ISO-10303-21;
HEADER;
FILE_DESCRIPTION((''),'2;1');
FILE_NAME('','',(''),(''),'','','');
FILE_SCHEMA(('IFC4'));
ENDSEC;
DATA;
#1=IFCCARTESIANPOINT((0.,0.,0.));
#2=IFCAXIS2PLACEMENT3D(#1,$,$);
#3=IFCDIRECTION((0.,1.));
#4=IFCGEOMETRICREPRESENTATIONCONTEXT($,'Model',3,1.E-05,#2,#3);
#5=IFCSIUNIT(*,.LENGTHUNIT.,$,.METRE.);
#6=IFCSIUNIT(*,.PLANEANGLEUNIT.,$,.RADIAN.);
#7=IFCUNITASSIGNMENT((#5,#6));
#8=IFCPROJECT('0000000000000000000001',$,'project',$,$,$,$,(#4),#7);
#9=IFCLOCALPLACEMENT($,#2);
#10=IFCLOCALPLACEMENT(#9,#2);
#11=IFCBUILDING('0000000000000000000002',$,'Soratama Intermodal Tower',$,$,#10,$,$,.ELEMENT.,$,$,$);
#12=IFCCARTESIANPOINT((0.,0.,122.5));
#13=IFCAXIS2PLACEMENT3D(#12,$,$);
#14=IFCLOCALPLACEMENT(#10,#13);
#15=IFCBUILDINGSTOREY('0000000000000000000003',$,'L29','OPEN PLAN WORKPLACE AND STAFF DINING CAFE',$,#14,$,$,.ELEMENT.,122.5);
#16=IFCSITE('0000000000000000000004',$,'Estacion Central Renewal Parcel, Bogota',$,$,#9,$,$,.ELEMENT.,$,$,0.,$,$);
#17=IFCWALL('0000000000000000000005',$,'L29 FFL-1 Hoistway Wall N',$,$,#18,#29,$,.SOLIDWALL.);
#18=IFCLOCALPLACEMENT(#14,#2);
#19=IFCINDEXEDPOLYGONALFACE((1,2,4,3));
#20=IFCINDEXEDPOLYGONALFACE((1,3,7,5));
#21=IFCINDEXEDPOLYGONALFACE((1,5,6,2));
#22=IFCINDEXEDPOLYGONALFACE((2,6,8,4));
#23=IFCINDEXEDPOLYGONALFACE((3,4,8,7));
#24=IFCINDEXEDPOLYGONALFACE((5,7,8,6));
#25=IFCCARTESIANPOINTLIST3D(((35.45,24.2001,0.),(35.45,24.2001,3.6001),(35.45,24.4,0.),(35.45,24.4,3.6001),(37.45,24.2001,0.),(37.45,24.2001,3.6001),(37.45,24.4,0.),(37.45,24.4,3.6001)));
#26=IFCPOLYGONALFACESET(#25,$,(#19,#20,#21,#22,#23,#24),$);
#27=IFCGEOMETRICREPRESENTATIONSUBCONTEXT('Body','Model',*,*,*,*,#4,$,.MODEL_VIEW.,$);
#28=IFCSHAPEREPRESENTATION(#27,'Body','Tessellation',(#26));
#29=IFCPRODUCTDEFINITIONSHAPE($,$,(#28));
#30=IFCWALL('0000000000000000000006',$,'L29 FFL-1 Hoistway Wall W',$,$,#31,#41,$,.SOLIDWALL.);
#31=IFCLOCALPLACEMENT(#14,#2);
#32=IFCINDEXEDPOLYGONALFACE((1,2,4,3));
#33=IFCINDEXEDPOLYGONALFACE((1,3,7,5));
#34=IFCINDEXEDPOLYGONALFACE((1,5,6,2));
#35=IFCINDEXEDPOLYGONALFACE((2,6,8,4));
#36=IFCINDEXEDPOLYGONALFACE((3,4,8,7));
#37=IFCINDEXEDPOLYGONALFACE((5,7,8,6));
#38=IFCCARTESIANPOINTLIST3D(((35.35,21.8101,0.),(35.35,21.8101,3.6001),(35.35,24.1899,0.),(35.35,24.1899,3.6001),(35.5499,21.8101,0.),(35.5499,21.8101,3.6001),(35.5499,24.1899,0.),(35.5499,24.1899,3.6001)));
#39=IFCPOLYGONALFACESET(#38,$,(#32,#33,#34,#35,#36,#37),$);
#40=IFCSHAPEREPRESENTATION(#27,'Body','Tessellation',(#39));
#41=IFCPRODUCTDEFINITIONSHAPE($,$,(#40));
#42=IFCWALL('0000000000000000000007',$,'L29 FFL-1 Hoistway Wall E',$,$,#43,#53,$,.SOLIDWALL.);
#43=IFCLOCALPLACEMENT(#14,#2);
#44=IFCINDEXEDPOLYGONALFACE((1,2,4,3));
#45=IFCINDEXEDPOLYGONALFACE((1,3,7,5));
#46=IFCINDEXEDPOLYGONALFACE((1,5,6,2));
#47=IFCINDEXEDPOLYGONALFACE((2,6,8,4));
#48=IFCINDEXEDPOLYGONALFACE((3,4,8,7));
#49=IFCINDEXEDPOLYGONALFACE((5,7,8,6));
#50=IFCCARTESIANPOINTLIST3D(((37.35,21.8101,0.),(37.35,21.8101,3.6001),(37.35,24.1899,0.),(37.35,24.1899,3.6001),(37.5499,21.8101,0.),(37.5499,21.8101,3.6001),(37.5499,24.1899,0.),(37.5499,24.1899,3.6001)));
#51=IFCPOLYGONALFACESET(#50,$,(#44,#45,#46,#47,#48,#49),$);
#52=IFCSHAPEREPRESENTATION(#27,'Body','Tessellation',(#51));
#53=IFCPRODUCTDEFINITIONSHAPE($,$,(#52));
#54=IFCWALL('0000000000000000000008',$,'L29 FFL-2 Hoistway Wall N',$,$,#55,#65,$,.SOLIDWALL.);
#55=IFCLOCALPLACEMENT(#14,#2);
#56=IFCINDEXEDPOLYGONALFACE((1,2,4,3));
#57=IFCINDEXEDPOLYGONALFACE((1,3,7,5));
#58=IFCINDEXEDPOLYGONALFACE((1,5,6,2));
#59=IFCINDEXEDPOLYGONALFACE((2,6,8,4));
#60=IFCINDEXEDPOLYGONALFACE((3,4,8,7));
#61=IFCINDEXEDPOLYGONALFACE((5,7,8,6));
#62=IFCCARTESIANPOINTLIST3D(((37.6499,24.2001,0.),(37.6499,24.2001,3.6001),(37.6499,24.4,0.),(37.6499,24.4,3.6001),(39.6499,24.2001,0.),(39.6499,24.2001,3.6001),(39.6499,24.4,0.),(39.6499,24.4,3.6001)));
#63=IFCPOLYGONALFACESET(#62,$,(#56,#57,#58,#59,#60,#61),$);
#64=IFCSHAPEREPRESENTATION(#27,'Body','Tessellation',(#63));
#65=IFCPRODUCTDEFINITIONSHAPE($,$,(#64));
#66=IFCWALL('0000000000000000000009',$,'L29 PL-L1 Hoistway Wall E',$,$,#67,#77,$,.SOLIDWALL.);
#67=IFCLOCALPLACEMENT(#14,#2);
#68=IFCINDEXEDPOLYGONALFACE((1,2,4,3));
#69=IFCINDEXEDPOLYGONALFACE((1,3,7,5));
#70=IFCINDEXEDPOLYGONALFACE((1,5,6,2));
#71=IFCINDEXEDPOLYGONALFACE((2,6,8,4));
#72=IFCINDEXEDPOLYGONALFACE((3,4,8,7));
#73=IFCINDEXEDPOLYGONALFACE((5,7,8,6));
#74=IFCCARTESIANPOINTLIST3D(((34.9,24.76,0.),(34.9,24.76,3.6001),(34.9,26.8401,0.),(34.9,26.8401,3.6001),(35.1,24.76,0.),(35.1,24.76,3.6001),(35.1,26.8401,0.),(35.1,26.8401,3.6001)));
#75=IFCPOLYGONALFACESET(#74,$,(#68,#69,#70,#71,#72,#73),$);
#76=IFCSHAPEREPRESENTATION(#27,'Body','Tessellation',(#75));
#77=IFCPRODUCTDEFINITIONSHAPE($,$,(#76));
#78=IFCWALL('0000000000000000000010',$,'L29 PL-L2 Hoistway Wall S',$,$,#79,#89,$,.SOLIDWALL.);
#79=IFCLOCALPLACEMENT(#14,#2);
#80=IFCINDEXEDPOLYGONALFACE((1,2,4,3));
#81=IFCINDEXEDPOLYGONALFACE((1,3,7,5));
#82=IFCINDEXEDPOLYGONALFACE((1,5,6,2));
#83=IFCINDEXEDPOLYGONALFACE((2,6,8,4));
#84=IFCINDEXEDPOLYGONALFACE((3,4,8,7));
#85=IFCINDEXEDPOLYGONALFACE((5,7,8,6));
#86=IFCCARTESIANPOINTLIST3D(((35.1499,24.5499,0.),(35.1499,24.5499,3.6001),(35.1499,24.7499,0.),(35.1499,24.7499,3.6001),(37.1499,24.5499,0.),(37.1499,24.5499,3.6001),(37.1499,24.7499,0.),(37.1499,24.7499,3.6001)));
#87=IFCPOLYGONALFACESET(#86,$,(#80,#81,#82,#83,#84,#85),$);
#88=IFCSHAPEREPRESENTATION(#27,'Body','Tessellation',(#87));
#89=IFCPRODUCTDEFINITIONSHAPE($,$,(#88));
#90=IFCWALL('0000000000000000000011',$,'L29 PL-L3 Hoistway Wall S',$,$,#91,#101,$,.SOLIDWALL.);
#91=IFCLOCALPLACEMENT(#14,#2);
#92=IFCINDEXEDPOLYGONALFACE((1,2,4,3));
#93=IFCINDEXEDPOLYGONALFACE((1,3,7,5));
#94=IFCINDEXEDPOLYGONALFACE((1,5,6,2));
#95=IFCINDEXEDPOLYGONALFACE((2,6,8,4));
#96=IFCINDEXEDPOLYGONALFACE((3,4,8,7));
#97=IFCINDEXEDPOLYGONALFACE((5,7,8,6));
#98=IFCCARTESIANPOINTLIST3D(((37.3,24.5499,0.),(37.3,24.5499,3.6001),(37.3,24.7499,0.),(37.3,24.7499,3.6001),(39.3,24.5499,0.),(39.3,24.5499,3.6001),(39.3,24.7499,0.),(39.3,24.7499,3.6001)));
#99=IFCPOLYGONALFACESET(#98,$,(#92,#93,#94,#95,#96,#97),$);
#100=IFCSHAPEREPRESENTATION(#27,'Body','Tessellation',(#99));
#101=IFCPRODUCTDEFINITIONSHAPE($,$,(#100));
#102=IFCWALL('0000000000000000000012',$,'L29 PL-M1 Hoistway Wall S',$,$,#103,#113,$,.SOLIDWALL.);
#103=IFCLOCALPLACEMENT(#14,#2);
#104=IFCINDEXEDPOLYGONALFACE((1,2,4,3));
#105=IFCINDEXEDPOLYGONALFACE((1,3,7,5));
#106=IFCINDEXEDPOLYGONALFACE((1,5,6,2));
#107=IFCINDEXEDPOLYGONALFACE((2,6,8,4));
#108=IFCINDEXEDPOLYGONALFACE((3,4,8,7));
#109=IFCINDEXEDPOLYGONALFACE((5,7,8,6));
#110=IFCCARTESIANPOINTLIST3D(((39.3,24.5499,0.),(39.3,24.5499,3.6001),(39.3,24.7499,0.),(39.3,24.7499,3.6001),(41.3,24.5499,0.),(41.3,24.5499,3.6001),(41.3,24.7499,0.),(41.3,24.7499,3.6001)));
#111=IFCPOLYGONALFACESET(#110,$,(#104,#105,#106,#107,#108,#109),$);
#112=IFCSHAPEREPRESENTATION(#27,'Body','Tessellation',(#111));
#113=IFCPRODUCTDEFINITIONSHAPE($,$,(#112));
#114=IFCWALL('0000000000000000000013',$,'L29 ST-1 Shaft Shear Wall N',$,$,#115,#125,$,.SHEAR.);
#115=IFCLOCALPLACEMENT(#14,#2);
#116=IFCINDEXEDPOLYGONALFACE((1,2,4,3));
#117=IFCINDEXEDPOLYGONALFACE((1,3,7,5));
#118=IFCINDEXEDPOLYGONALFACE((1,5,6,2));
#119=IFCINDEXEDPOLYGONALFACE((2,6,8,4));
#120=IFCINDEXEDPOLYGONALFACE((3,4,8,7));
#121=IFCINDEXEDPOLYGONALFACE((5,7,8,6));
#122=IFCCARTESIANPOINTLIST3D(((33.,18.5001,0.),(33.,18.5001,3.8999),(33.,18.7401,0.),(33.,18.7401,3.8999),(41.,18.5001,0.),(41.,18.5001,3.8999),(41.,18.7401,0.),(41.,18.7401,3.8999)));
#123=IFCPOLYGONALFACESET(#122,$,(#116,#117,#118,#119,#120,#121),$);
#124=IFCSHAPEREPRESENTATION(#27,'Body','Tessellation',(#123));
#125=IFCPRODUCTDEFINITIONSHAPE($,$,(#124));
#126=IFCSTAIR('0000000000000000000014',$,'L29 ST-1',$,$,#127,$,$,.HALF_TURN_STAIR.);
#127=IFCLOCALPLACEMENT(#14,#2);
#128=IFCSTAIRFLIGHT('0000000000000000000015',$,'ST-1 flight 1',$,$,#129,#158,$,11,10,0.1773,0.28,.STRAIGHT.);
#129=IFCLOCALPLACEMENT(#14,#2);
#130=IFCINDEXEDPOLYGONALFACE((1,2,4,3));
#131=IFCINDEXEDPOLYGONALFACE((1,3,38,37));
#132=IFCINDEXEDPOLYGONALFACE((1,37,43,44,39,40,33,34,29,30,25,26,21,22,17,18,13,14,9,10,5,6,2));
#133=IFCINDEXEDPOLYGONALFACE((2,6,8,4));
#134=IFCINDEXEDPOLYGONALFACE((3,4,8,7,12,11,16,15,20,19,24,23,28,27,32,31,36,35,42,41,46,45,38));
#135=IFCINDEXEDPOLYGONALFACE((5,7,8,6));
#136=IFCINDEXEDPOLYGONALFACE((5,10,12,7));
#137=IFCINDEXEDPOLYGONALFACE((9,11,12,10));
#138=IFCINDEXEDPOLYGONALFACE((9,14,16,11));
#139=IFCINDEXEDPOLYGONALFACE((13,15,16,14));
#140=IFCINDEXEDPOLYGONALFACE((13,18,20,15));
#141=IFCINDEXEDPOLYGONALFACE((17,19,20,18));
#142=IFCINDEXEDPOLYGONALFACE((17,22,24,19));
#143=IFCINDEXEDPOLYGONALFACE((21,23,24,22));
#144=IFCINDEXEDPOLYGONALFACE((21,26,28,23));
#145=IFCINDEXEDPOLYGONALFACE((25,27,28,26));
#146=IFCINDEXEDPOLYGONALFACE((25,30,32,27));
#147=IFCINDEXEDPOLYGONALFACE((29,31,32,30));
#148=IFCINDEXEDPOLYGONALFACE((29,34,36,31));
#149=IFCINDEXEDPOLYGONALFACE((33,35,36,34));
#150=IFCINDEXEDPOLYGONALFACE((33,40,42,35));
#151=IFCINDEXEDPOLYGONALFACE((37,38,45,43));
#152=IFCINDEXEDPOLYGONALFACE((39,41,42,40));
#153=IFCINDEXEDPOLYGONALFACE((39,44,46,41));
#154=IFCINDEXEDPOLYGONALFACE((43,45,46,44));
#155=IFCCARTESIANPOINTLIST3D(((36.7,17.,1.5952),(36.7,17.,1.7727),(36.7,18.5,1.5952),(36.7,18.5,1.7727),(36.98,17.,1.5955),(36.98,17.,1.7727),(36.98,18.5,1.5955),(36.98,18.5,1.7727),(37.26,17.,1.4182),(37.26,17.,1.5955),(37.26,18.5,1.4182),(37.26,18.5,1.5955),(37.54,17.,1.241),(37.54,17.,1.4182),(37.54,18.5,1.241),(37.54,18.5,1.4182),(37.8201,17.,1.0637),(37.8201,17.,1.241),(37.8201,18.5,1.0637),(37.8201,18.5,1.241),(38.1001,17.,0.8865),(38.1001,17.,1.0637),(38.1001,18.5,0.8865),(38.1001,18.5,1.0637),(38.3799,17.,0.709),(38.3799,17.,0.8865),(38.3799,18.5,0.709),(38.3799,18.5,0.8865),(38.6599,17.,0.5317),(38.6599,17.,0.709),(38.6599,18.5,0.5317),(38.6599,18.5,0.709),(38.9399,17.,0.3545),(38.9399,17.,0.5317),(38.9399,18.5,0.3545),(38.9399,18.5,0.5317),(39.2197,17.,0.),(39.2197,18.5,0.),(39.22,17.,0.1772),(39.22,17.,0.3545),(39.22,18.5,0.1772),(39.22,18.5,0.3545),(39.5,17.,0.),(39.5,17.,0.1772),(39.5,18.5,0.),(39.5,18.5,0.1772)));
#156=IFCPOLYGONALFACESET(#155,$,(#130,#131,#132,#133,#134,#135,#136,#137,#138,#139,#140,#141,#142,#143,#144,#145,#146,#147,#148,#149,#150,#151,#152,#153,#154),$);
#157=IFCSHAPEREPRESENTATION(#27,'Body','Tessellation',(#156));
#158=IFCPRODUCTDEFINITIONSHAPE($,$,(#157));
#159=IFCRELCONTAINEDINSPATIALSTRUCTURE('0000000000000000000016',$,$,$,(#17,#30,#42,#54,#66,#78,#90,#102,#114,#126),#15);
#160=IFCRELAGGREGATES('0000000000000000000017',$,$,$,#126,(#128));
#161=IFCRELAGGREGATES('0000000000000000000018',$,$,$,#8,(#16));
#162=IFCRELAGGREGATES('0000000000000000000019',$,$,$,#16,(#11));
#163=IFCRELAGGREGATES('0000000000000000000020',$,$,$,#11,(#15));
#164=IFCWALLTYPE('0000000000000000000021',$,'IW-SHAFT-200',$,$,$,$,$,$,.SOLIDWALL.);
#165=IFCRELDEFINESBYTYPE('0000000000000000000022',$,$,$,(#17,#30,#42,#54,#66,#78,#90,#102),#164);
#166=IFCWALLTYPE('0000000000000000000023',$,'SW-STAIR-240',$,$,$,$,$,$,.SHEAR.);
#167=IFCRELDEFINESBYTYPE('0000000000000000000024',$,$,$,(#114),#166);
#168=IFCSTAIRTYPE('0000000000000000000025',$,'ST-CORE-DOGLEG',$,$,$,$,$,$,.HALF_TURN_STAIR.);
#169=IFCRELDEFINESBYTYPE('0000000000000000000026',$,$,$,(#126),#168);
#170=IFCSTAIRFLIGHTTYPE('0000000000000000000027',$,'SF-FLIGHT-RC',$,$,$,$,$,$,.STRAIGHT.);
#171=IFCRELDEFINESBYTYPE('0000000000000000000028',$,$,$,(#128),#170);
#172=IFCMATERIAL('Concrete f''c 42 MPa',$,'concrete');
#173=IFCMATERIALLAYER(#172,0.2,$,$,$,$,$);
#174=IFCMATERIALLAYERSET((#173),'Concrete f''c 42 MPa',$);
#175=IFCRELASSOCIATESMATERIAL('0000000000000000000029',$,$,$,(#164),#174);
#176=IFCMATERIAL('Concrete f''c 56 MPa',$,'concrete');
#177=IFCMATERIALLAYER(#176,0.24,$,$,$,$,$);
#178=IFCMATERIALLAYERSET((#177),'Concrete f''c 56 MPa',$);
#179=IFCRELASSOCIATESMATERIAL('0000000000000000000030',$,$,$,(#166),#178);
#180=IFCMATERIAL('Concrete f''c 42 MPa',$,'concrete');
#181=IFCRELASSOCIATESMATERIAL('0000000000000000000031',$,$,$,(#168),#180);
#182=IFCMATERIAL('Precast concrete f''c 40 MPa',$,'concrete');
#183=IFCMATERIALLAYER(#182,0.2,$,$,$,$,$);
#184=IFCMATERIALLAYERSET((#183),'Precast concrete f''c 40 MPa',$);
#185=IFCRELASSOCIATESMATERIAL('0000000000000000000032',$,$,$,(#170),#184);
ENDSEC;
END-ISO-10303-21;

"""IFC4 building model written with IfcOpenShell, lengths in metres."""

from ifc_helpers import new_model, si_unit, direction, frame, frame_2d, origin, place, context, subcontext, project, spatial, polyline, rectangle, outline, extrude, material, layer, layer_set, type_object, element, aggregate, save


model = new_model("IFC4")

# Units and contexts
model_context = context("Model", 3, precision=1e-05, world=origin(), true_north=direction((0.0, 1.0)))
body_context = subcontext(model_context, "Body", "Model", "MODEL_VIEW")
ifc_project = project(units=[si_unit("LENGTHUNIT", "METRE"), si_unit("PLANEANGLEUNIT", "RADIAN")], contexts=[model_context])

# Site, building, storey
site_placement = place(None, origin())
site = spatial("IfcSite", under=ifc_project, at=site_placement, Name="Estacion Central Renewal Parcel, Bogota", CompositionType="ELEMENT", RefElevation=0.0)
building_placement = place(site_placement, origin())
building = spatial("IfcBuilding", under=site, at=building_placement, Name="Soratama Intermodal Tower", CompositionType="ELEMENT")
storey_placement = place(building_placement, frame((0.0, 0.0, 122.5)))
storey = spatial("IfcBuildingStorey", under=building, at=storey_placement, Name="L29", Description="OPEN PLAN WORKPLACE AND STAFF DINING CAFE", CompositionType="ELEMENT", Elevation=122.5)

# Shared definitions
ifc_material_1 = material(Name="Concrete f'c 42 MPa", Category="concrete")
ifc_layer_1 = layer(ifc_material_1, 0.2)
ifc_layer_set_1 = layer_set([ifc_layer_1], Name="Concrete f'c 42 MPa")
wall_type_1 = type_object("IfcWallType", Name="IW-SHAFT-200", PredefinedType="SOLIDWALL", material=ifc_layer_set_1)

# Walls
wall_1_placement = place(storey_placement, frame((35.45, 24.3, 0.0), z_axis=(0.0, 0.0, 1.0), x_axis=(1.0, 0.0, 0.0)))
element("IfcWall", 1, at=wall_1_placement, inside=storey, type_object=wall_type_1, Name="L29 FFL-1 Hoistway Wall N", PredefinedType="SOLIDWALL", context=body_context, shape_type="SweptSolid", body=[
    extrude(rectangle(XDim=2.0, YDim=0.2, at=frame_2d((1.0, 0.0))), origin(), (0.0, 0.0, 1.0), 3.6001),
])
for number, where, z_axis, x_axis, name in (
    (2, (35.45, 21.8101, 0.0), (0.0, 0.0, 1.0), (0.0, 1.0, 0.0), "L29 FFL-1 Hoistway Wall W"),
    (3, (37.45, 21.8101, 0.0), (0.0, 0.0, 1.0), (0.0, 1.0, 0.0), "L29 FFL-1 Hoistway Wall E"),
):
    element("IfcWall", number, at=place(storey_placement, frame(where, z_axis=z_axis, x_axis=x_axis)), inside=storey, type_object=wall_type_1, Name=name, PredefinedType="SOLIDWALL", context=body_context, shape_type="SweptSolid", body=[
        extrude(rectangle(XDim=2.3799, YDim=0.2, at=frame_2d((1.1899, 0.0))), origin(), (0.0, 0.0, 1.0), 3.6001),
    ])

# Wall
wall_2_placement = place(storey_placement, frame((37.6499, 24.3, 0.0), z_axis=(0.0, 0.0, 1.0), x_axis=(1.0, 0.0, 0.0)))
element("IfcWall", 4, at=wall_2_placement, inside=storey, type_object=wall_type_1, Name="L29 FFL-2 Hoistway Wall N", PredefinedType="SOLIDWALL", context=body_context, shape_type="SweptSolid", body=[
    extrude(rectangle(XDim=2.0, YDim=0.2, at=frame_2d((1.0, 0.0))), origin(), (0.0, 0.0, 1.0), 3.6001),
])

# Walls
wall_3_placement = place(storey_placement, frame((35.0, 24.76, 0.0), z_axis=(0.0, 0.0, 1.0), x_axis=(0.0, 1.0, 0.0)))
element("IfcWall", 5, at=wall_3_placement, inside=storey, type_object=wall_type_1, Name="L29 PL-L1 Hoistway Wall E", PredefinedType="SOLIDWALL", context=body_context, shape_type="SweptSolid", body=[
    extrude(rectangle(XDim=2.0801, YDim=0.2, at=frame_2d((1.04, 0.0))), origin(), (0.0, 0.0, 1.0), 3.6001),
])
for number, where, z_axis, x_axis, name in (
    (6, (35.1499, 24.6499, 0.0), (0.0, 0.0, 1.0), (1.0, 0.0, 0.0), "L29 PL-L2 Hoistway Wall S"),
    (7, (37.3, 24.6499, 0.0), (0.0, 0.0, 1.0), (1.0, 0.0, 0.0), "L29 PL-L3 Hoistway Wall S"),
    (8, (39.3, 24.6499, 0.0), (0.0, 0.0, 1.0), (1.0, 0.0, 0.0), "L29 PL-M1 Hoistway Wall S"),
):
    element("IfcWall", number, at=place(storey_placement, frame(where, z_axis=z_axis, x_axis=x_axis)), inside=storey, type_object=wall_type_1, Name=name, PredefinedType="SOLIDWALL", context=body_context, shape_type="SweptSolid", body=[
        extrude(rectangle(XDim=2.0, YDim=0.2, at=frame_2d((1.0, 0.0))), origin(), (0.0, 0.0, 1.0), 3.6001),
    ])
ifc_material_2 = material(Name="Concrete f'c 56 MPa", Category="concrete")
ifc_layer_2 = layer(ifc_material_2, 0.24)
ifc_layer_set_2 = layer_set([ifc_layer_2], Name="Concrete f'c 56 MPa")
wall_type_2 = type_object("IfcWallType", Name="SW-STAIR-240", PredefinedType="SHEAR", material=ifc_layer_set_2)
wall_4_placement = place(storey_placement, frame((33.0, 18.6201, 0.0), z_axis=(0.0, 0.0, 1.0), x_axis=(1.0, 0.0, 0.0)))
element("IfcWall", 9, at=wall_4_placement, inside=storey, type_object=wall_type_2, Name="L29 ST-1 Shaft Shear Wall N", PredefinedType="SHEAR", context=body_context, shape_type="SweptSolid", body=[
    extrude(rectangle(XDim=8.0, YDim=0.24, at=frame_2d((4.0, 0.0))), origin(), (0.0, 0.0, 1.0), 3.8999),
])

# Stair, stair flight
ifc_material_3 = material(Name="Concrete f'c 42 MPa", Category="concrete")
stair_type = type_object("IfcStairType", Name="ST-CORE-DOGLEG", PredefinedType="HALF_TURN_STAIR", material=ifc_material_3)
stair_placement = place(storey_placement, origin())
stair = element("IfcStair", 10, at=stair_placement, inside=storey, type_object=stair_type, Name="L29 ST-1", PredefinedType="HALF_TURN_STAIR")
ifc_material_4 = material(Name="Precast concrete f'c 40 MPa", Category="concrete")
ifc_layer_3 = layer(ifc_material_4, 0.2)
ifc_layer_set_3 = layer_set([ifc_layer_3], Name="Precast concrete f'c 40 MPa")
stair_flight_type = type_object("IfcStairFlightType", Name="SF-FLIGHT-RC", PredefinedType="STRAIGHT", material=ifc_layer_set_3)
stair_flight_placement = place(storey_placement, frame((39.5, 17.75, 0.0), z_axis=(0.0, 0.0, 1.0), x_axis=(-1.0, 0.0, 0.0)))
stair_flight = element("IfcStairFlight", 11, at=stair_flight_placement, type_object=stair_flight_type, Name="ST-1 flight 1", NumberOfRisers=11, NumberOfTreads=10, PredefinedType="STRAIGHT", RiserHeight=0.1773, TreadLength=0.28, context=body_context, shape_type="SweptSolid", body=[
    extrude(outline(polyline([(0.0, 0.0), (0.0, 0.1772), (0.28, 0.1772), (0.28, 0.3545), (0.5601, 0.3545), (0.5601, 0.5317), (0.8401, 0.5317), (0.8401, 0.709), (1.1201, 0.709), (1.1201, 0.8865), (1.3999, 0.8865), (1.3999, 1.0637), (1.6799, 1.0637), (1.6799, 1.241), (1.96, 1.241), (1.96, 1.4182), (2.24, 1.4182), (2.24, 1.5955), (2.52, 1.5955), (2.52, 1.7727), (2.8, 1.7727), (2.8, 1.95), (2.8, 1.5952), (0.2803, 0.0), (0.0, 0.0)])), frame((0.0, 0.75, 0.0), z_axis=(0.0, -1.0, 0.0), x_axis=(1.0, 0.0, 0.0)), (0.0, 0.0, 1.0), 1.5),
])
aggregate(stair, [stair_flight])

save(model, "model.ifc")
